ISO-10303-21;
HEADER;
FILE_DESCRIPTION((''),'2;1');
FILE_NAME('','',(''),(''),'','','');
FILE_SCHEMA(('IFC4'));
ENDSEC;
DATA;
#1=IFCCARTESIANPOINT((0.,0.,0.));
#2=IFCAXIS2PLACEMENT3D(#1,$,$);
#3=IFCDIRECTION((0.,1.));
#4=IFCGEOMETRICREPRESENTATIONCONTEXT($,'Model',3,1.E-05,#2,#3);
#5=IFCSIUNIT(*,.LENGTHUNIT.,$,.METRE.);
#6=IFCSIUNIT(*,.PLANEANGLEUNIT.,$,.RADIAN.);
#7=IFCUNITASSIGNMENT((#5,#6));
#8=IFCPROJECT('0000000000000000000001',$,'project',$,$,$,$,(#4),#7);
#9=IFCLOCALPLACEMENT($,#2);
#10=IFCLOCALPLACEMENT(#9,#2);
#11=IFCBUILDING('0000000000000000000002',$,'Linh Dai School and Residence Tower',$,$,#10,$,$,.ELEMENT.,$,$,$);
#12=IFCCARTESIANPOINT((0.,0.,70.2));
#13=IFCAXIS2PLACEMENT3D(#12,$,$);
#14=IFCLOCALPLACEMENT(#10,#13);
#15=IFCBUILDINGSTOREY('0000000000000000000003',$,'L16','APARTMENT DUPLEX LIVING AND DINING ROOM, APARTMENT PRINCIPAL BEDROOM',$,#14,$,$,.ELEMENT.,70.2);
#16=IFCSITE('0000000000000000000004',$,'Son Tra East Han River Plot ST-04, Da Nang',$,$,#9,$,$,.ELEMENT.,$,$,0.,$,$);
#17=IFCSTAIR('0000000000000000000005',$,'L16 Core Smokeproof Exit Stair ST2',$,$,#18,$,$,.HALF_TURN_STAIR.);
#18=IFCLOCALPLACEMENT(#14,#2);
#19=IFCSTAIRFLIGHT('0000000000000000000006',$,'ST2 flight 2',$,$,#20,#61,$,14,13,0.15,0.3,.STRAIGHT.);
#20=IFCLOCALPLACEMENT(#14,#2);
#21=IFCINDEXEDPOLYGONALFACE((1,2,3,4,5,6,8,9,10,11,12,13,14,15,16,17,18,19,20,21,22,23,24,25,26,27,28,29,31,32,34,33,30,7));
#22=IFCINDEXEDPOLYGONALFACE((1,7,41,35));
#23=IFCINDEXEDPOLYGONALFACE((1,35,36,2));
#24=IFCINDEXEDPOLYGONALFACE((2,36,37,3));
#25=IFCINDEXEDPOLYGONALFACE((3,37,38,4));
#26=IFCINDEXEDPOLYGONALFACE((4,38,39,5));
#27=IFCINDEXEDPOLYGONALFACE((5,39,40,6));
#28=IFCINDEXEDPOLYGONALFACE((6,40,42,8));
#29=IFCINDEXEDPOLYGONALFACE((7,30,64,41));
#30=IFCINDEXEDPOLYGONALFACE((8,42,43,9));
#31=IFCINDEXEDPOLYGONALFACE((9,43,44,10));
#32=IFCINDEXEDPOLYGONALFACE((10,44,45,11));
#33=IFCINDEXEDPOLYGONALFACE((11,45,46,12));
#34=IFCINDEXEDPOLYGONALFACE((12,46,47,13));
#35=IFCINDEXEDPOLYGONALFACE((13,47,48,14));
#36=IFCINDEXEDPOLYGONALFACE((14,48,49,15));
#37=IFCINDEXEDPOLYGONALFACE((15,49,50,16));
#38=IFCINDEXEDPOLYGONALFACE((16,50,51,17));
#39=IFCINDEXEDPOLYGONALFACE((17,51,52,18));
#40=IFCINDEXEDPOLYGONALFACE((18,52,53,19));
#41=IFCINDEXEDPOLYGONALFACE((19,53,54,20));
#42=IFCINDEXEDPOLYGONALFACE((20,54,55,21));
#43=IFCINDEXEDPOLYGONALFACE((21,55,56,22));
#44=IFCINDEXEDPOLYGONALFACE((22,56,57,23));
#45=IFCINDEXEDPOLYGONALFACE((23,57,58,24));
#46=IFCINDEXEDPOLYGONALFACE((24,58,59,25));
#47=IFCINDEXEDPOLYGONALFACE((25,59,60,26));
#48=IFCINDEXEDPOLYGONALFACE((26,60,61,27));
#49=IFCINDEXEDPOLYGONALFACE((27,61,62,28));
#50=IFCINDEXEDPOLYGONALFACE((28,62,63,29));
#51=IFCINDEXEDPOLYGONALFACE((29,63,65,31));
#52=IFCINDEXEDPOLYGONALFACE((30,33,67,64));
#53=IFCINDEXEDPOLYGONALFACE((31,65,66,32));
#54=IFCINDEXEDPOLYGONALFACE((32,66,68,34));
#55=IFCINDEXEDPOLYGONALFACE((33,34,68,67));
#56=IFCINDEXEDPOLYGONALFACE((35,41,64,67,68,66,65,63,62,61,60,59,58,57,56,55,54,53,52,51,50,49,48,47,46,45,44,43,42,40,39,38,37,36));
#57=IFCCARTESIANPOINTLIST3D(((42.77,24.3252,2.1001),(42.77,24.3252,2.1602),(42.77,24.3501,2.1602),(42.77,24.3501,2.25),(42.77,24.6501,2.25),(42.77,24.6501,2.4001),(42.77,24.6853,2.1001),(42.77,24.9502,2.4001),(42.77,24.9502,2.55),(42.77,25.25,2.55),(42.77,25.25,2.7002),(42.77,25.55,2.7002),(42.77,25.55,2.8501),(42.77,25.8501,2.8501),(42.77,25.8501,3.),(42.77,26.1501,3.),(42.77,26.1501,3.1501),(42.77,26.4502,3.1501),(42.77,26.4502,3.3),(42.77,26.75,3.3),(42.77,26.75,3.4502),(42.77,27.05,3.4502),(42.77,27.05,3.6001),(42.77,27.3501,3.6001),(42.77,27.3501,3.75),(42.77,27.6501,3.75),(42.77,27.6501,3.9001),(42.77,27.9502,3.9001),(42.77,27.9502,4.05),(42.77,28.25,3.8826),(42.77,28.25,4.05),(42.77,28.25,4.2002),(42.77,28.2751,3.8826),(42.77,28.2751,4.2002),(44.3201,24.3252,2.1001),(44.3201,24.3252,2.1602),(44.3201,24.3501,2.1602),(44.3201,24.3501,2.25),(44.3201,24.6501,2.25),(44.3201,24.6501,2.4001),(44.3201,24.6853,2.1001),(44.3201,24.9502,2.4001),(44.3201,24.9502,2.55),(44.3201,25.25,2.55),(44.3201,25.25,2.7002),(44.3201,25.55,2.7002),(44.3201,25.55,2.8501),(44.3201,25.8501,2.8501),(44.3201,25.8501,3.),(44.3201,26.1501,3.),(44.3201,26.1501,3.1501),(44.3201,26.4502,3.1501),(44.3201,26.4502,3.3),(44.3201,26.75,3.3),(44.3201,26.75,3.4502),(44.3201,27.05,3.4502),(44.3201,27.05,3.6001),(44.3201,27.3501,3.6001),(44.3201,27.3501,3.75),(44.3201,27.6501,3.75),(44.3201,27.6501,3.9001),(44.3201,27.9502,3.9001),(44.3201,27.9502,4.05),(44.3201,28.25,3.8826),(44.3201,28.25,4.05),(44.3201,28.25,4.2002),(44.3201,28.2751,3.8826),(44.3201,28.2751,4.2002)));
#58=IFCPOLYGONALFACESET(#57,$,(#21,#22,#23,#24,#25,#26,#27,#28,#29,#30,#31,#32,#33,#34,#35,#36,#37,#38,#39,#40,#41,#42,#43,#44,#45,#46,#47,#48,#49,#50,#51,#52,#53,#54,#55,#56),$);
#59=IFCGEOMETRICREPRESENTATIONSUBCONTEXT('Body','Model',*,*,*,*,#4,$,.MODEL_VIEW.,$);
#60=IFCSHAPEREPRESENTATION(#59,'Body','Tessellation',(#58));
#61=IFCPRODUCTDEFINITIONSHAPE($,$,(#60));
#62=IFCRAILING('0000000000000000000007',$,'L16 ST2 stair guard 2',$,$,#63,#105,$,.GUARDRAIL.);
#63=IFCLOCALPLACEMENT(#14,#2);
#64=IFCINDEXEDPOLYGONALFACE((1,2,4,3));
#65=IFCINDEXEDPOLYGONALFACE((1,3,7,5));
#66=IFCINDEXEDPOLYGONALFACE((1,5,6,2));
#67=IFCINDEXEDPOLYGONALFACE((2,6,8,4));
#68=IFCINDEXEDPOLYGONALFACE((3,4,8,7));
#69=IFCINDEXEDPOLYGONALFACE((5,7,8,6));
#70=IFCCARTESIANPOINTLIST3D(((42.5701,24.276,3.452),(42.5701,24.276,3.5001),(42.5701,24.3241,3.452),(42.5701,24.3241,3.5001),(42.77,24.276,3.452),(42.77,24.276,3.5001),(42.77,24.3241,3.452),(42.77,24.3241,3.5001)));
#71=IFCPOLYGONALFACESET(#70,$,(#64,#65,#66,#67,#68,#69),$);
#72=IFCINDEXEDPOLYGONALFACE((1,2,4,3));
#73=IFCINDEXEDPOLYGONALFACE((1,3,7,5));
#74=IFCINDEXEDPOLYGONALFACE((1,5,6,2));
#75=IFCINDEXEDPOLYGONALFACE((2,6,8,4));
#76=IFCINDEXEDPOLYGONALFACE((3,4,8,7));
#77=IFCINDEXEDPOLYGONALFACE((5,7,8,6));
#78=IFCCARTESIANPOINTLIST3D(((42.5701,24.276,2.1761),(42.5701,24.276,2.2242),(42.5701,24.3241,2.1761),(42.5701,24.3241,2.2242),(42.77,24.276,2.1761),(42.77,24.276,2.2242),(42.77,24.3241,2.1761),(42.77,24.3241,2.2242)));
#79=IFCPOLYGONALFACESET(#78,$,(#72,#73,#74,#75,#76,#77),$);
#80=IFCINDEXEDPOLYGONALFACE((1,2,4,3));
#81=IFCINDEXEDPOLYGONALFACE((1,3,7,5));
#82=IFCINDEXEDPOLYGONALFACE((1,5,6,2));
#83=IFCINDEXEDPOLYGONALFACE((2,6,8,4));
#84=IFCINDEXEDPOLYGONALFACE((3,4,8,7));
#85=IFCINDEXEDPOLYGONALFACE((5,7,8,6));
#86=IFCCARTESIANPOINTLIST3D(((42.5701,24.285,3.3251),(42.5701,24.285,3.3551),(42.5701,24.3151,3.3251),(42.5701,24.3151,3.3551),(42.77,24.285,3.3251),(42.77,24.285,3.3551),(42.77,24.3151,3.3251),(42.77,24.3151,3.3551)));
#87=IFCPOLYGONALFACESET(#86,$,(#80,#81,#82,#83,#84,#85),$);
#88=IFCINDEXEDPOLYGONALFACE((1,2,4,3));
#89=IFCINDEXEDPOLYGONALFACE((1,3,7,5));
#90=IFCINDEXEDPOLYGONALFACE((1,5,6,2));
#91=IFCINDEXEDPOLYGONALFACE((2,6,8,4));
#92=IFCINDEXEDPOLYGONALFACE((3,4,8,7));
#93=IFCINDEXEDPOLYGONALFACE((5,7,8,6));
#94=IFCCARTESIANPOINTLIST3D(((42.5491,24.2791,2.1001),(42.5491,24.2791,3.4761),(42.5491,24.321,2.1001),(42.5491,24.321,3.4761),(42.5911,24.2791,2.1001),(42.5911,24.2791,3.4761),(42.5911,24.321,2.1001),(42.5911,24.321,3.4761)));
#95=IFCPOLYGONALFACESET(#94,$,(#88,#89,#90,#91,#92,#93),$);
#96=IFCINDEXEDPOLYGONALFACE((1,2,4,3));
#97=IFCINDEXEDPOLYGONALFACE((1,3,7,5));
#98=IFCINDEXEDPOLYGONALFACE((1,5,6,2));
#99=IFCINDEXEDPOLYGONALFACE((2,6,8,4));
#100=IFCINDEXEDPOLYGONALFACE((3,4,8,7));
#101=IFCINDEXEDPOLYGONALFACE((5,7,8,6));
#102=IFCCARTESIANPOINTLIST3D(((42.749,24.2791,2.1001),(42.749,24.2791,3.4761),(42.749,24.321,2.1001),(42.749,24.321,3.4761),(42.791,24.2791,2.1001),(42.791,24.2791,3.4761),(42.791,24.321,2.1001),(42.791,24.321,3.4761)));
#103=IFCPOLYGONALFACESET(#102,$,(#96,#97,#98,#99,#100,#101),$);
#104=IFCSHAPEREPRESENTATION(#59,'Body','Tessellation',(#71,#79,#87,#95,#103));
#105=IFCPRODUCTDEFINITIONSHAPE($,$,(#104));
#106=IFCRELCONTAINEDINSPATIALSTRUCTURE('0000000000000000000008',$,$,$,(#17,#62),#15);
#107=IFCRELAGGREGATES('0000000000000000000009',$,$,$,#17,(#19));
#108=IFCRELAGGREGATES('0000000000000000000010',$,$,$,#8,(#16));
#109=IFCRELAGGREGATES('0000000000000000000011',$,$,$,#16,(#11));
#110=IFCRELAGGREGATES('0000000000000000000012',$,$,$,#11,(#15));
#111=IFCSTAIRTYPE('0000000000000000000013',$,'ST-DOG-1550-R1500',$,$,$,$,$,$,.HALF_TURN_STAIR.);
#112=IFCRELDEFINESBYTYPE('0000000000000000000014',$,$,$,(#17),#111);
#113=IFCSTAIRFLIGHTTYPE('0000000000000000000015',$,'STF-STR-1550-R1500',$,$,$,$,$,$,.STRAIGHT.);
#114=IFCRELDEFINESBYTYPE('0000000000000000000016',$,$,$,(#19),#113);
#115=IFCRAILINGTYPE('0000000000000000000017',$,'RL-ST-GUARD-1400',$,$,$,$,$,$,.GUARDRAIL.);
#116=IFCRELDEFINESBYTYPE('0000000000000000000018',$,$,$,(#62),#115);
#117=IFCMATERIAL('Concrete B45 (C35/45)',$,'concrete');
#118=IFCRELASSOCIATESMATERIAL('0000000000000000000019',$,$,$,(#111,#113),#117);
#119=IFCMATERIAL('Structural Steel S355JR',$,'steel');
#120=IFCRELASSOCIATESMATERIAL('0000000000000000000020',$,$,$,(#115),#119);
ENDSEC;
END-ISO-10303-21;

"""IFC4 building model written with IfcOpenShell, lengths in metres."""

from ifc_helpers import new_model, si_unit, direction, frame, origin, origin_2d, place, context, subcontext, project, spatial, polyline, rectangle, outline, extrude, source, transform, mapped, material, type_object, element, aggregate, save


model = new_model("IFC4")

# Units and contexts
model_context = context("Model", 3, precision=1e-05, world=origin(), true_north=direction((0.0, 1.0)))
body_context = subcontext(model_context, "Body", "Model", "MODEL_VIEW")
ifc_project = project(units=[si_unit("LENGTHUNIT", "METRE"), si_unit("PLANEANGLEUNIT", "RADIAN")], contexts=[model_context])

# Site, building, storey
site_placement = place(None, origin())
site = spatial("IfcSite", under=ifc_project, at=site_placement, Name="Son Tra East Han River Plot ST-04, Da Nang", CompositionType="ELEMENT", RefElevation=0.0)
building_placement = place(site_placement, origin())
building = spatial("IfcBuilding", under=site, at=building_placement, Name="Linh Dai School and Residence Tower", CompositionType="ELEMENT")
storey_placement = place(building_placement, frame((0.0, 0.0, 70.2)))
storey = spatial("IfcBuildingStorey", under=building, at=storey_placement, Name="L16", Description="APARTMENT DUPLEX LIVING AND DINING ROOM, APARTMENT PRINCIPAL BEDROOM", CompositionType="ELEMENT", Elevation=70.2)

# Shared definitions
ifc_material_1 = material(Name="Structural Steel S355JR", Category="steel")

# Shared definitions
ifc_material_2 = material(Name="Concrete B45 (C35/45)", Category="concrete")

# Stair, stair flight
stair_type = type_object("IfcStairType", Name="ST-DOG-1550-R1500", PredefinedType="HALF_TURN_STAIR", material=ifc_material_2)
stair_placement = place(storey_placement, origin())
stair = element("IfcStair", 1, at=stair_placement, inside=storey, type_object=stair_type, Name="L16 Core Smokeproof Exit Stair ST2", PredefinedType="HALF_TURN_STAIR")
stair_flight_type = type_object("IfcStairFlightType", Name="STF-STR-1550-R1500", PredefinedType="STRAIGHT", material=ifc_material_2)
shared_shape_1 = source(origin(), body_context, "Body", "SweptSolid", [
    extrude(outline(polyline([(-0.0249, 0.0), (-0.0249, 0.0601), (0.0, 0.0601), (0.0, 0.1499), (0.3, 0.1499), (0.3, 0.3), (0.6001, 0.3), (0.6001, 0.45), (0.8999, 0.45), (0.8999, 0.6001), (1.2, 0.6001), (1.2, 0.75), (1.5, 0.75), (1.5, 0.8999), (1.8, 0.8999), (1.8, 1.05), (2.1001, 1.05), (2.1001, 1.2), (2.3999, 1.2), (2.3999, 1.3501), (2.7, 1.3501), (2.7, 1.5), (3.0, 1.5), (3.0, 1.6499), (3.3, 1.6499), (3.3, 1.8), (3.6001, 1.8), (3.6001, 1.95), (3.8999, 1.95), (3.8999, 2.1001), (3.925, 2.1001), (3.925, 1.7825), (3.8999, 1.7825), (0.3352, 0.0), (-0.0249, 0.0)])), frame((0.0, 0.7749, 0.0), z_axis=(0.0, -1.0, 0.0), x_axis=(1.0, 0.0, 0.0)), (0.0, 0.0, 1.0), 1.55),
])
stair_flight_placement = place(storey_placement, frame((43.5449, 24.3501, 2.1001), z_axis=(0.0, 0.0, 1.0), x_axis=(0.0, 1.0, 0.0)))
stair_flight = element("IfcStairFlight", 2, at=stair_flight_placement, type_object=stair_flight_type, Name="ST2 flight 2", NumberOfRisers=14, NumberOfTreads=13, PredefinedType="STRAIGHT", RiserHeight=0.15, TreadLength=0.3, context=body_context, shape_type="MappedRepresentation", body=[
    mapped(shared_shape_1, transform((0.0, 0.0, 0.0), x_axis=(1.0, 0.0, 0.0), y_axis=(0.0, 1.0, 0.0), z_axis=(0.0, 0.0, 1.0), scale=1.0)),
])
aggregate(stair, [stair_flight])

# Railing
railing_type = type_object("IfcRailingType", Name="RL-ST-GUARD-1400", PredefinedType="GUARDRAIL", material=ifc_material_1)
shared_shape_2 = source(origin(), body_context, "Body", "SweptSolid", [
    extrude(rectangle(XDim=0.0481, YDim=0.0481, at=origin_2d()), frame((0.0, 0.0, 1.376), z_axis=(1.0, 0.0, 0.0), x_axis=(0.0, 1.0, 0.0)), (0.0, 0.0, 1.0), 0.2),
    extrude(rectangle(XDim=0.0481, YDim=0.0481, at=origin_2d()), frame((0.0, 0.0, 0.1001), z_axis=(1.0, 0.0, 0.0), x_axis=(0.0, 1.0, 0.0)), (0.0, 0.0, 1.0), 0.2),
    extrude(rectangle(XDim=0.03, YDim=0.03, at=origin_2d()), frame((0.0, 0.0, 1.24), z_axis=(1.0, 0.0, 0.0), x_axis=(0.0, 1.0, 0.0)), (0.0, 0.0, 1.0), 0.2),
    extrude(rectangle(XDim=0.042, YDim=0.042, at=origin_2d()), origin(), (0.0, 0.0, 1.0), 1.376),
    extrude(rectangle(XDim=0.042, YDim=0.042, at=origin_2d()), frame((0.2, 0.0, 0.0)), (0.0, 0.0, 1.0), 1.376),
])
railing_1_placement = place(storey_placement, frame((42.5701, 24.3, 2.1001)))
element("IfcRailing", 3, at=railing_1_placement, inside=storey, type_object=railing_type, Name="L16 ST2 stair guard 2", PredefinedType="GUARDRAIL", context=body_context, shape_type="MappedRepresentation", body=[
    mapped(shared_shape_2, transform((0.0, 0.0, 0.0), x_axis=(1.0, 0.0, 0.0), y_axis=(0.0, 1.0, 0.0), z_axis=(0.0, 0.0, 1.0), scale=1.0)),
])

save(model, "model.ifc")
